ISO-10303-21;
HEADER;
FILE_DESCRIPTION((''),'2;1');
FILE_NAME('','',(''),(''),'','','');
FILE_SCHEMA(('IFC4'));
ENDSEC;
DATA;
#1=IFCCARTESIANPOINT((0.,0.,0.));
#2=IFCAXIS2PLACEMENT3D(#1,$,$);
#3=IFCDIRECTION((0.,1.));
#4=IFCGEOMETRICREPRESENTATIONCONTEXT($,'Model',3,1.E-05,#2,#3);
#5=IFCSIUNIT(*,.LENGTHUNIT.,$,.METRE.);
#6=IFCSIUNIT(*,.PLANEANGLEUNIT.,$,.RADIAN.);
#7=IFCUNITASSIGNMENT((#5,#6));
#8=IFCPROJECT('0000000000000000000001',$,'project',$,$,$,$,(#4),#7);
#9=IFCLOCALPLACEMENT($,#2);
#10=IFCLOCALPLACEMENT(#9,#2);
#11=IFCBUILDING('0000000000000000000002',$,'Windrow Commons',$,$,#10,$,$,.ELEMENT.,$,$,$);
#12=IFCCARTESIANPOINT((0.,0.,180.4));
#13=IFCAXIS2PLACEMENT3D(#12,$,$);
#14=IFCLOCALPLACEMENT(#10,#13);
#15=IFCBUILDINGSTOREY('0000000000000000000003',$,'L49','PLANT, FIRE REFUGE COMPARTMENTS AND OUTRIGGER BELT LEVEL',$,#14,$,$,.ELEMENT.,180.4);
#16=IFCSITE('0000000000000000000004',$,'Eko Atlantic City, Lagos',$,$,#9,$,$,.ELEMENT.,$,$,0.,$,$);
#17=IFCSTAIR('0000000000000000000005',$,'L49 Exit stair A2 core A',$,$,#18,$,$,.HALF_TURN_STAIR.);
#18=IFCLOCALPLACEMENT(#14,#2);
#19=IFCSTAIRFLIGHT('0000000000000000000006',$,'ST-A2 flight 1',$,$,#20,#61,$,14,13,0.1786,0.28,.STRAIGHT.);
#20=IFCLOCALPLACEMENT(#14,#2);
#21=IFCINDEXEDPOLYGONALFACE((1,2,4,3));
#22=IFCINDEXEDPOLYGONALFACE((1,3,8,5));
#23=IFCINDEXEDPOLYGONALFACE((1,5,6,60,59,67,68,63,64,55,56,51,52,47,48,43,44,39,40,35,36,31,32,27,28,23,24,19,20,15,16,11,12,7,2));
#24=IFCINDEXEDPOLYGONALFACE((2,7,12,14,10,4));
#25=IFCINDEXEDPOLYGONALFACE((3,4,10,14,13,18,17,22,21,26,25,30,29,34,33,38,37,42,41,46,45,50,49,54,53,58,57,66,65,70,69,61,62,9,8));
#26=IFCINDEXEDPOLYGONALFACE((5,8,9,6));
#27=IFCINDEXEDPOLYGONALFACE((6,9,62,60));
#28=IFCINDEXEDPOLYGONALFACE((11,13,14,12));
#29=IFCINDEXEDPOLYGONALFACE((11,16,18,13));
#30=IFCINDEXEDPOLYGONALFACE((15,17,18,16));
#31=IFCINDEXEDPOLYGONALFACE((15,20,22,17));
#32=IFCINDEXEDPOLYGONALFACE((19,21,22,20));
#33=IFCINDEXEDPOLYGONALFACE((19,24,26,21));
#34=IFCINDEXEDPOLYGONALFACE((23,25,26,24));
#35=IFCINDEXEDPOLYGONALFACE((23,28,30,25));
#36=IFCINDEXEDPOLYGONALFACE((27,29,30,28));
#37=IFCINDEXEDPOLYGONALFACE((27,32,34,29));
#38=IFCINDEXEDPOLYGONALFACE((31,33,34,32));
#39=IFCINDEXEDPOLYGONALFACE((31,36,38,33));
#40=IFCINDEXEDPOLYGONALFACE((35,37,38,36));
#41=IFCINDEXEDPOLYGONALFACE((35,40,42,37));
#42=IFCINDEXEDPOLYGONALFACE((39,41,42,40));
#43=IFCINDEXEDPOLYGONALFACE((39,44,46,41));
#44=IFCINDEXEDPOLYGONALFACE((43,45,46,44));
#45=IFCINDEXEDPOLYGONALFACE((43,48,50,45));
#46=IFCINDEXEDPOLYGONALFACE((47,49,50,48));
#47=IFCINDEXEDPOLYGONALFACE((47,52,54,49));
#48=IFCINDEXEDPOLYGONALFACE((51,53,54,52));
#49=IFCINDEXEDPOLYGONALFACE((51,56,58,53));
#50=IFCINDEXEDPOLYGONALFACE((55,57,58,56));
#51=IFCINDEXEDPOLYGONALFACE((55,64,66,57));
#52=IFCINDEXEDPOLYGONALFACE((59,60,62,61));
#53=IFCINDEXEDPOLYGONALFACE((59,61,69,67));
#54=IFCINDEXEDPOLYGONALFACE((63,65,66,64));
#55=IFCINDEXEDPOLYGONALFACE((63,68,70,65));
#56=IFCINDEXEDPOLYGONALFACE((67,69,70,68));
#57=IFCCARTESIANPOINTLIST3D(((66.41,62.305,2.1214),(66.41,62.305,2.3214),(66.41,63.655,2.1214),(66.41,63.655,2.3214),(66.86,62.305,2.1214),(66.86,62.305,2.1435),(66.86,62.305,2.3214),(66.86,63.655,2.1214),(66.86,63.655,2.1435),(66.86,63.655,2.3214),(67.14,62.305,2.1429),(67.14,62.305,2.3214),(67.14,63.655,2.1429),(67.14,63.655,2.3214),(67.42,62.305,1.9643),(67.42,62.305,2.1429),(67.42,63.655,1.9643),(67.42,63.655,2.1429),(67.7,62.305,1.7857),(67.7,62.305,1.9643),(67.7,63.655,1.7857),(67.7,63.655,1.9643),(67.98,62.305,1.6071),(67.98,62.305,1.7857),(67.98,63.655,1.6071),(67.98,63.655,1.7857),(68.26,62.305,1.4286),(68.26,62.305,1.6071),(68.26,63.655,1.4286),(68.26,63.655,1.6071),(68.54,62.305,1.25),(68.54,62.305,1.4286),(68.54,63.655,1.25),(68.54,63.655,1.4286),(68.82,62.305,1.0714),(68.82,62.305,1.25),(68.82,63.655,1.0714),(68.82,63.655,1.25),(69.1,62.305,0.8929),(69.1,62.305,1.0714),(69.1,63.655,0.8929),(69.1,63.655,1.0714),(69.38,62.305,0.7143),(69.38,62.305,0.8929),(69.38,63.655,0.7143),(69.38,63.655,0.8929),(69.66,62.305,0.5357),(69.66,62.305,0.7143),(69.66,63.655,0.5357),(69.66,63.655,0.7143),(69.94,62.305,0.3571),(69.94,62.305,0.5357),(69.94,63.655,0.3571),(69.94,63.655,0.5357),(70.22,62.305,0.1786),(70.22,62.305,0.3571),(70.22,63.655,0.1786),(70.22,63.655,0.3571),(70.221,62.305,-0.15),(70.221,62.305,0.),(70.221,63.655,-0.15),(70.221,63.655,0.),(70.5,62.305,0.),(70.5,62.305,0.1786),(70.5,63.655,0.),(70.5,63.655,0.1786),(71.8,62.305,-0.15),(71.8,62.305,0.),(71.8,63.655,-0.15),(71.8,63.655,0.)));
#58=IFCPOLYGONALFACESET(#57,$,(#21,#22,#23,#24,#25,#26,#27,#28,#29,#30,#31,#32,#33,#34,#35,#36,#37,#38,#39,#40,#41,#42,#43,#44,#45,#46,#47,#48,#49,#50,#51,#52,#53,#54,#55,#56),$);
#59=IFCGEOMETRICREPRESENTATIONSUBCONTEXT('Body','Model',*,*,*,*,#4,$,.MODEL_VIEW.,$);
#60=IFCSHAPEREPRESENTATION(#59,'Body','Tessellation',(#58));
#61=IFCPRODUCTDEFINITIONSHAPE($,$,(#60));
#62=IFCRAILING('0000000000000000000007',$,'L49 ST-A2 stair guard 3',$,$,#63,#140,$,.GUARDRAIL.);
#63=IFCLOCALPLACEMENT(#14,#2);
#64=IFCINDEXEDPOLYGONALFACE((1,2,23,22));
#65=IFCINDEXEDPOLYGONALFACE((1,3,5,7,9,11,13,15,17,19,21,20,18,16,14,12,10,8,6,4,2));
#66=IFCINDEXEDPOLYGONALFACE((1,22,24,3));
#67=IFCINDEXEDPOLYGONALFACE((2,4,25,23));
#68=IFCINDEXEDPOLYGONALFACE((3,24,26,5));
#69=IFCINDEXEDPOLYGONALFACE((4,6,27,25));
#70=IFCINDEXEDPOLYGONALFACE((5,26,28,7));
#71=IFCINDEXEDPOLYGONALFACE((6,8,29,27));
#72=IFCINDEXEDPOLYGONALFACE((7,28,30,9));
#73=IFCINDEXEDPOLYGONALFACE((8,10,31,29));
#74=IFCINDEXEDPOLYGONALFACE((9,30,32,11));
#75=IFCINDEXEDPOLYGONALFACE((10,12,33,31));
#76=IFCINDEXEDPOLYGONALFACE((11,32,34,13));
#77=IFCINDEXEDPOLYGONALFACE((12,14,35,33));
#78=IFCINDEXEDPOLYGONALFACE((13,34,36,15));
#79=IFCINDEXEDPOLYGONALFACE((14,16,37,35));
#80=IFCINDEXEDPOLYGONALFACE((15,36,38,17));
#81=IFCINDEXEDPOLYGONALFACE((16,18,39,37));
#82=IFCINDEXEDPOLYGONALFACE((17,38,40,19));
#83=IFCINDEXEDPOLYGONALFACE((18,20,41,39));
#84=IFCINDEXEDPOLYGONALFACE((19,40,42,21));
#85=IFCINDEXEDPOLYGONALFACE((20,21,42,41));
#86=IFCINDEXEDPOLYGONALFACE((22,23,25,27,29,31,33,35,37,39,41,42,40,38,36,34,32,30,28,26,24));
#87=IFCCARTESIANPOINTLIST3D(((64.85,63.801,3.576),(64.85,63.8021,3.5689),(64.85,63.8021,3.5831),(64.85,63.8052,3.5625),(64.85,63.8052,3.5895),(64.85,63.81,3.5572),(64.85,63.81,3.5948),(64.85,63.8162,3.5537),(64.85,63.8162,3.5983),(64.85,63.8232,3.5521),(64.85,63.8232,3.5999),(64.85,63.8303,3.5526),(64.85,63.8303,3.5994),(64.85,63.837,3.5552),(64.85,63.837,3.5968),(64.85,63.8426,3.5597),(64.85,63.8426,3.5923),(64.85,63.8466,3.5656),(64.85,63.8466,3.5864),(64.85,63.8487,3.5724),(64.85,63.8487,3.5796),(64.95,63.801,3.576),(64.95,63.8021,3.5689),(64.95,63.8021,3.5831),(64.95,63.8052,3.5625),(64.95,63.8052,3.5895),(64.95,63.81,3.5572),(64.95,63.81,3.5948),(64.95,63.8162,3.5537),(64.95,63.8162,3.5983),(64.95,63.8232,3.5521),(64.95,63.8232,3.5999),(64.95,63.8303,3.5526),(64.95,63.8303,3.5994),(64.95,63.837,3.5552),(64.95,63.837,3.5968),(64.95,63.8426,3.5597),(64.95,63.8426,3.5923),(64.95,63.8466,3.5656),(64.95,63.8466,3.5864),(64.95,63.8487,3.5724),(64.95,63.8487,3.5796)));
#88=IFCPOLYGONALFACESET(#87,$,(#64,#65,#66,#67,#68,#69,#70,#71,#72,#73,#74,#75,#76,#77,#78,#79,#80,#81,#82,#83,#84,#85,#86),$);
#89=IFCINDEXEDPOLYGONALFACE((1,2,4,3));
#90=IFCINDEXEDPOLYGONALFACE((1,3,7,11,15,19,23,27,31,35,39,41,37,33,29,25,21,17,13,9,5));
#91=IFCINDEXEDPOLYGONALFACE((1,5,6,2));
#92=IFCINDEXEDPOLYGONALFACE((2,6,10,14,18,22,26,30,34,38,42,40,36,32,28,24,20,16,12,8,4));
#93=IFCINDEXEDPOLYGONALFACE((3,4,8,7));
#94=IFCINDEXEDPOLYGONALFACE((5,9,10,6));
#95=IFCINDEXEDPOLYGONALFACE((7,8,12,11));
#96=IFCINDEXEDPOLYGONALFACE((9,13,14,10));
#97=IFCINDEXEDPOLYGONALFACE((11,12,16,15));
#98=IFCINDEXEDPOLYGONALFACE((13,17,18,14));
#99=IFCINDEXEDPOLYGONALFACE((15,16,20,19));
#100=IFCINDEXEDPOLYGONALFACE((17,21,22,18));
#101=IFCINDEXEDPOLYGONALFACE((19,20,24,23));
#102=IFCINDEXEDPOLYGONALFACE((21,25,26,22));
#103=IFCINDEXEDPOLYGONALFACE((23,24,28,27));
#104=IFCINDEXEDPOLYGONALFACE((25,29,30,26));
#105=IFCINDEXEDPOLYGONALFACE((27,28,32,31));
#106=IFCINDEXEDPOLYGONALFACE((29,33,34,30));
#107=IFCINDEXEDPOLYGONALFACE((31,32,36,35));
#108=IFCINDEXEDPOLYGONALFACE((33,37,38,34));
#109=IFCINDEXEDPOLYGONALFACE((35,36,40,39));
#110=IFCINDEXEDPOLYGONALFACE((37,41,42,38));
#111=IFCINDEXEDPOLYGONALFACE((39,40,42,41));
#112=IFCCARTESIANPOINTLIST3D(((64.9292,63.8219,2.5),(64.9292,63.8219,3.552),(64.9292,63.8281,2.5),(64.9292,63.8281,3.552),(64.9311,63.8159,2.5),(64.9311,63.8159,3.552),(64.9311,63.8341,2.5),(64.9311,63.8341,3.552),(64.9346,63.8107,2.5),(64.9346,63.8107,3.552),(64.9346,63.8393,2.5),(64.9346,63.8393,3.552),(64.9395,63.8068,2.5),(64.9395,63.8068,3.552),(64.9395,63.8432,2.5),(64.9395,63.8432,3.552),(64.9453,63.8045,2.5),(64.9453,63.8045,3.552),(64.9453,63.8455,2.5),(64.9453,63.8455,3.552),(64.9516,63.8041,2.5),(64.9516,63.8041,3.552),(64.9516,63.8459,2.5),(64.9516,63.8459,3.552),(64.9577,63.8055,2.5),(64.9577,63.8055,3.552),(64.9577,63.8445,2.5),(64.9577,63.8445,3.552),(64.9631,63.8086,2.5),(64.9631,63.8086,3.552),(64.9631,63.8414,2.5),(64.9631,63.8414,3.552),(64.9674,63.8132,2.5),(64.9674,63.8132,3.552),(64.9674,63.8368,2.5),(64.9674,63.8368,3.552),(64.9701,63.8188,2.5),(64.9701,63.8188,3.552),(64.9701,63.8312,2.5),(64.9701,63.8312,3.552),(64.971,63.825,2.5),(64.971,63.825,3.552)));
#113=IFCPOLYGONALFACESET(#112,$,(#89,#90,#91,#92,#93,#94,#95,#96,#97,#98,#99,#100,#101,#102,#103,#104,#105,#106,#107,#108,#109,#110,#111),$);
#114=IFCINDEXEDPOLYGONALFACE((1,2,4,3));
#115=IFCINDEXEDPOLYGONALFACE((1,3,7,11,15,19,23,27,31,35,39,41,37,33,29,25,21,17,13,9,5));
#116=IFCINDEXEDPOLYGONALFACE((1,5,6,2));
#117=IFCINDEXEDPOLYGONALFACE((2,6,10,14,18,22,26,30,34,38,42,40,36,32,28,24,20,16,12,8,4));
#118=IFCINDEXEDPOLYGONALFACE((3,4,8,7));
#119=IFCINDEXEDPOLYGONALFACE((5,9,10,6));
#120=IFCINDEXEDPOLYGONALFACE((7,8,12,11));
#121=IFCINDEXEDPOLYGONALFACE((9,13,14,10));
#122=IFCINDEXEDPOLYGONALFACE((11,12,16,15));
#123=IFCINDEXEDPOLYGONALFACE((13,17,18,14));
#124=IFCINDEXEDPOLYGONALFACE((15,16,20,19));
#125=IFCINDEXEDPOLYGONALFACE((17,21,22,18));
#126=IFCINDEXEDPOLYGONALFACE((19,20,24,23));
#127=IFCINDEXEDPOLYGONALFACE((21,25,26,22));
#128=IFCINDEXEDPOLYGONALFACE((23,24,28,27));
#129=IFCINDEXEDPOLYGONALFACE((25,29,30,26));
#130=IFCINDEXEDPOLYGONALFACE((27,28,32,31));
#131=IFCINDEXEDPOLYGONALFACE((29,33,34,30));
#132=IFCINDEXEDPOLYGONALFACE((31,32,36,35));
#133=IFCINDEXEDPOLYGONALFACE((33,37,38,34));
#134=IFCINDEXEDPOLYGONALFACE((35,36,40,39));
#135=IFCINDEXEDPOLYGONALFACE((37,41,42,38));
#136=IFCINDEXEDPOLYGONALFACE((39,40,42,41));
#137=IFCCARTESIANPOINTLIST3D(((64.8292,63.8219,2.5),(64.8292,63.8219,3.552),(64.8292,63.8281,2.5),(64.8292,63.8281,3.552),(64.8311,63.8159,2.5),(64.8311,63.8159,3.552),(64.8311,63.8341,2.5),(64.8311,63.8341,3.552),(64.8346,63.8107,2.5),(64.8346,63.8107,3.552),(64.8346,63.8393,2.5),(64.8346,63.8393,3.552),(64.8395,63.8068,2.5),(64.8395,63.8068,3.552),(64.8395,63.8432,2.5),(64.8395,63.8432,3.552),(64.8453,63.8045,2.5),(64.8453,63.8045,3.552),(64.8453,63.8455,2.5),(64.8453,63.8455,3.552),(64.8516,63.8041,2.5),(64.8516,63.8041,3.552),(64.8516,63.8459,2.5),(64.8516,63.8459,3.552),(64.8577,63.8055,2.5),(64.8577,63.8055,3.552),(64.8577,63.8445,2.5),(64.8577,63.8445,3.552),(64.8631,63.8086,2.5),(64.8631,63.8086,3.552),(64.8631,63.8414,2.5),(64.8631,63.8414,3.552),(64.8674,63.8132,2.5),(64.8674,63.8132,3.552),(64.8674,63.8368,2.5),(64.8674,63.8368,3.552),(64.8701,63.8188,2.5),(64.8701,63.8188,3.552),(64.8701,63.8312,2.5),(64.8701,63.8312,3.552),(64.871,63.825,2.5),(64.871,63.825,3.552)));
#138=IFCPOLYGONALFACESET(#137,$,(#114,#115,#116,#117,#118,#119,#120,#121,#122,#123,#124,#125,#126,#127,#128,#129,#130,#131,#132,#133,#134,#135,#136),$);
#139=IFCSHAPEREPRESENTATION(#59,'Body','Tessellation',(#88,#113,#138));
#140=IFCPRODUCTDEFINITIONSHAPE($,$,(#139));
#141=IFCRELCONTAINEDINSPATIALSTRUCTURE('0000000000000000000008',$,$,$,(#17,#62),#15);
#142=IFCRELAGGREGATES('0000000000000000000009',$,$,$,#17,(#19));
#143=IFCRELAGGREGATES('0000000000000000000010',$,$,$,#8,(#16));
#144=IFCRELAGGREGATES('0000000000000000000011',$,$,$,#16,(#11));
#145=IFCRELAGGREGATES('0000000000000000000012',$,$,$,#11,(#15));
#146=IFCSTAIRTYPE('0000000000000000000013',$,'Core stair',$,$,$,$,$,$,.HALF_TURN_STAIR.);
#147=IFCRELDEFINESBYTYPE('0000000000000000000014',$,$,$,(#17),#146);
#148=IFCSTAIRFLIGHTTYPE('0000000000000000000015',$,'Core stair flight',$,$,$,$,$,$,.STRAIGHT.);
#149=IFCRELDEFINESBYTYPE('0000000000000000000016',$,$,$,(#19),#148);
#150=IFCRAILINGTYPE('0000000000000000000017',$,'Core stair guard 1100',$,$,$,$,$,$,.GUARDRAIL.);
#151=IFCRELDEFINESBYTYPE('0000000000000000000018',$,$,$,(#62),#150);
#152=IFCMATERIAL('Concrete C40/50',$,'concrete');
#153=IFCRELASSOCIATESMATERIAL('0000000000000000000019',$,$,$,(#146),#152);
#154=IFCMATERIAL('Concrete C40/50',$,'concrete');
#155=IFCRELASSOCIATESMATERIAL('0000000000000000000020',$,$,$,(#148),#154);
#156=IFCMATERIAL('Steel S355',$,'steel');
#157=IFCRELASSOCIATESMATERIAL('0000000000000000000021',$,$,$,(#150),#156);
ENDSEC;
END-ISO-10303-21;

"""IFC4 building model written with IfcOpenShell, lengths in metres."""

from ifc_helpers import new_model, si_unit, direction, frame, origin, origin_2d, place, context, subcontext, project, spatial, polyline, circle, outline, extrude, material, type_object, element, aggregate, save


model = new_model("IFC4")

# Units and contexts
model_context = context("Model", 3, precision=1e-05, world=origin(), true_north=direction((0.0, 1.0)))
body_context = subcontext(model_context, "Body", "Model", "MODEL_VIEW")
ifc_project = project(units=[si_unit("LENGTHUNIT", "METRE"), si_unit("PLANEANGLEUNIT", "RADIAN")], contexts=[model_context])

# Site, building, storey
site_placement = place(None, origin())
site = spatial("IfcSite", under=ifc_project, at=site_placement, Name="Eko Atlantic City, Lagos", CompositionType="ELEMENT", RefElevation=0.0)
building_placement = place(site_placement, origin())
building = spatial("IfcBuilding", under=site, at=building_placement, Name="Windrow Commons", CompositionType="ELEMENT")
storey_placement = place(building_placement, frame((0.0, 0.0, 180.4)))
storey = spatial("IfcBuildingStorey", under=building, at=storey_placement, Name="L49", Description="PLANT, FIRE REFUGE COMPARTMENTS AND OUTRIGGER BELT LEVEL", CompositionType="ELEMENT", Elevation=180.4)

# Stair, stair flight
ifc_material_1 = material(Name="Concrete C40/50", Category="concrete")
stair_type = type_object("IfcStairType", Name="Core stair", PredefinedType="HALF_TURN_STAIR", material=ifc_material_1)
stair_placement = place(storey_placement, origin())
stair = element("IfcStair", 1, at=stair_placement, inside=storey, type_object=stair_type, Name="L49 Exit stair A2 core A", PredefinedType="HALF_TURN_STAIR")
ifc_material_2 = material(Name="Concrete C40/50", Category="concrete")
stair_flight_type = type_object("IfcStairFlightType", Name="Core stair flight", PredefinedType="STRAIGHT", material=ifc_material_2)
stair_flight_placement = place(storey_placement, frame((70.5, 62.98, 0.0), z_axis=(0.0, 0.0, 1.0), x_axis=(-1.0, 0.0, 0.0)))
stair_flight = element("IfcStairFlight", 2, at=stair_flight_placement, type_object=stair_flight_type, Name="ST-A2 flight 1", NumberOfRisers=14, NumberOfTreads=13, PredefinedType="STRAIGHT", RiserHeight=0.1786, TreadLength=0.28, context=body_context, shape_type="SweptSolid", body=[
    extrude(outline(polyline([(-1.3, -0.15), (-1.3, 0.0), (0.0, 0.0), (0.0, 0.1786), (0.28, 0.1786), (0.28, 0.3571), (0.56, 0.3571), (0.56, 0.5357), (0.84, 0.5357), (0.84, 0.7143), (1.12, 0.7143), (1.12, 0.8929), (1.4, 0.8929), (1.4, 1.0714), (1.68, 1.0714), (1.68, 1.25), (1.96, 1.25), (1.96, 1.4286), (2.24, 1.4286), (2.24, 1.6071), (2.52, 1.6071), (2.52, 1.7857), (2.8, 1.7857), (2.8, 1.9643), (3.08, 1.9643), (3.08, 2.1429), (3.36, 2.1429), (3.36, 2.3214), (3.64, 2.3214), (4.09, 2.3214), (4.09, 2.1214), (3.64, 2.1214), (3.64, 2.1435), (0.279, 0.0), (0.279, -0.15), (-1.3, -0.15)])), frame((0.0, 0.675, 0.0), z_axis=(0.0, -1.0, 0.0), x_axis=(1.0, 0.0, 0.0)), (0.0, 0.0, 1.0), 1.35),
])
aggregate(stair, [stair_flight])

# Railing
ifc_material_3 = material(Name="Steel S355", Category="steel")
railing_type_1 = type_object("IfcRailingType", Name="Core stair guard 1100", PredefinedType="GUARDRAIL", material=ifc_material_3)
railing_1_placement = place(storey_placement, frame((64.95, 63.825, 2.5)))
element("IfcRailing", 3, at=railing_1_placement, inside=storey, type_object=railing_type_1, Name="L49 ST-A2 stair guard 3", PredefinedType="GUARDRAIL", context=body_context, shape_type="SweptSolid", body=[
    extrude(circle(Radius=0.024, at=origin_2d()), frame((0.0, 0.0, 1.076), z_axis=(-1.0, 0.0, 0.0), x_axis=(0.0, -1.0, 0.0)), (0.0, 0.0, 1.0), 0.1),
    extrude(circle(Radius=0.021, at=origin_2d()), origin(), (0.0, 0.0, 1.0), 1.052),
    extrude(circle(Radius=0.021, at=origin_2d()), frame((-0.1, 0.0, 0.0)), (0.0, 0.0, 1.0), 1.052),
])

save(model, "model.ifc")
